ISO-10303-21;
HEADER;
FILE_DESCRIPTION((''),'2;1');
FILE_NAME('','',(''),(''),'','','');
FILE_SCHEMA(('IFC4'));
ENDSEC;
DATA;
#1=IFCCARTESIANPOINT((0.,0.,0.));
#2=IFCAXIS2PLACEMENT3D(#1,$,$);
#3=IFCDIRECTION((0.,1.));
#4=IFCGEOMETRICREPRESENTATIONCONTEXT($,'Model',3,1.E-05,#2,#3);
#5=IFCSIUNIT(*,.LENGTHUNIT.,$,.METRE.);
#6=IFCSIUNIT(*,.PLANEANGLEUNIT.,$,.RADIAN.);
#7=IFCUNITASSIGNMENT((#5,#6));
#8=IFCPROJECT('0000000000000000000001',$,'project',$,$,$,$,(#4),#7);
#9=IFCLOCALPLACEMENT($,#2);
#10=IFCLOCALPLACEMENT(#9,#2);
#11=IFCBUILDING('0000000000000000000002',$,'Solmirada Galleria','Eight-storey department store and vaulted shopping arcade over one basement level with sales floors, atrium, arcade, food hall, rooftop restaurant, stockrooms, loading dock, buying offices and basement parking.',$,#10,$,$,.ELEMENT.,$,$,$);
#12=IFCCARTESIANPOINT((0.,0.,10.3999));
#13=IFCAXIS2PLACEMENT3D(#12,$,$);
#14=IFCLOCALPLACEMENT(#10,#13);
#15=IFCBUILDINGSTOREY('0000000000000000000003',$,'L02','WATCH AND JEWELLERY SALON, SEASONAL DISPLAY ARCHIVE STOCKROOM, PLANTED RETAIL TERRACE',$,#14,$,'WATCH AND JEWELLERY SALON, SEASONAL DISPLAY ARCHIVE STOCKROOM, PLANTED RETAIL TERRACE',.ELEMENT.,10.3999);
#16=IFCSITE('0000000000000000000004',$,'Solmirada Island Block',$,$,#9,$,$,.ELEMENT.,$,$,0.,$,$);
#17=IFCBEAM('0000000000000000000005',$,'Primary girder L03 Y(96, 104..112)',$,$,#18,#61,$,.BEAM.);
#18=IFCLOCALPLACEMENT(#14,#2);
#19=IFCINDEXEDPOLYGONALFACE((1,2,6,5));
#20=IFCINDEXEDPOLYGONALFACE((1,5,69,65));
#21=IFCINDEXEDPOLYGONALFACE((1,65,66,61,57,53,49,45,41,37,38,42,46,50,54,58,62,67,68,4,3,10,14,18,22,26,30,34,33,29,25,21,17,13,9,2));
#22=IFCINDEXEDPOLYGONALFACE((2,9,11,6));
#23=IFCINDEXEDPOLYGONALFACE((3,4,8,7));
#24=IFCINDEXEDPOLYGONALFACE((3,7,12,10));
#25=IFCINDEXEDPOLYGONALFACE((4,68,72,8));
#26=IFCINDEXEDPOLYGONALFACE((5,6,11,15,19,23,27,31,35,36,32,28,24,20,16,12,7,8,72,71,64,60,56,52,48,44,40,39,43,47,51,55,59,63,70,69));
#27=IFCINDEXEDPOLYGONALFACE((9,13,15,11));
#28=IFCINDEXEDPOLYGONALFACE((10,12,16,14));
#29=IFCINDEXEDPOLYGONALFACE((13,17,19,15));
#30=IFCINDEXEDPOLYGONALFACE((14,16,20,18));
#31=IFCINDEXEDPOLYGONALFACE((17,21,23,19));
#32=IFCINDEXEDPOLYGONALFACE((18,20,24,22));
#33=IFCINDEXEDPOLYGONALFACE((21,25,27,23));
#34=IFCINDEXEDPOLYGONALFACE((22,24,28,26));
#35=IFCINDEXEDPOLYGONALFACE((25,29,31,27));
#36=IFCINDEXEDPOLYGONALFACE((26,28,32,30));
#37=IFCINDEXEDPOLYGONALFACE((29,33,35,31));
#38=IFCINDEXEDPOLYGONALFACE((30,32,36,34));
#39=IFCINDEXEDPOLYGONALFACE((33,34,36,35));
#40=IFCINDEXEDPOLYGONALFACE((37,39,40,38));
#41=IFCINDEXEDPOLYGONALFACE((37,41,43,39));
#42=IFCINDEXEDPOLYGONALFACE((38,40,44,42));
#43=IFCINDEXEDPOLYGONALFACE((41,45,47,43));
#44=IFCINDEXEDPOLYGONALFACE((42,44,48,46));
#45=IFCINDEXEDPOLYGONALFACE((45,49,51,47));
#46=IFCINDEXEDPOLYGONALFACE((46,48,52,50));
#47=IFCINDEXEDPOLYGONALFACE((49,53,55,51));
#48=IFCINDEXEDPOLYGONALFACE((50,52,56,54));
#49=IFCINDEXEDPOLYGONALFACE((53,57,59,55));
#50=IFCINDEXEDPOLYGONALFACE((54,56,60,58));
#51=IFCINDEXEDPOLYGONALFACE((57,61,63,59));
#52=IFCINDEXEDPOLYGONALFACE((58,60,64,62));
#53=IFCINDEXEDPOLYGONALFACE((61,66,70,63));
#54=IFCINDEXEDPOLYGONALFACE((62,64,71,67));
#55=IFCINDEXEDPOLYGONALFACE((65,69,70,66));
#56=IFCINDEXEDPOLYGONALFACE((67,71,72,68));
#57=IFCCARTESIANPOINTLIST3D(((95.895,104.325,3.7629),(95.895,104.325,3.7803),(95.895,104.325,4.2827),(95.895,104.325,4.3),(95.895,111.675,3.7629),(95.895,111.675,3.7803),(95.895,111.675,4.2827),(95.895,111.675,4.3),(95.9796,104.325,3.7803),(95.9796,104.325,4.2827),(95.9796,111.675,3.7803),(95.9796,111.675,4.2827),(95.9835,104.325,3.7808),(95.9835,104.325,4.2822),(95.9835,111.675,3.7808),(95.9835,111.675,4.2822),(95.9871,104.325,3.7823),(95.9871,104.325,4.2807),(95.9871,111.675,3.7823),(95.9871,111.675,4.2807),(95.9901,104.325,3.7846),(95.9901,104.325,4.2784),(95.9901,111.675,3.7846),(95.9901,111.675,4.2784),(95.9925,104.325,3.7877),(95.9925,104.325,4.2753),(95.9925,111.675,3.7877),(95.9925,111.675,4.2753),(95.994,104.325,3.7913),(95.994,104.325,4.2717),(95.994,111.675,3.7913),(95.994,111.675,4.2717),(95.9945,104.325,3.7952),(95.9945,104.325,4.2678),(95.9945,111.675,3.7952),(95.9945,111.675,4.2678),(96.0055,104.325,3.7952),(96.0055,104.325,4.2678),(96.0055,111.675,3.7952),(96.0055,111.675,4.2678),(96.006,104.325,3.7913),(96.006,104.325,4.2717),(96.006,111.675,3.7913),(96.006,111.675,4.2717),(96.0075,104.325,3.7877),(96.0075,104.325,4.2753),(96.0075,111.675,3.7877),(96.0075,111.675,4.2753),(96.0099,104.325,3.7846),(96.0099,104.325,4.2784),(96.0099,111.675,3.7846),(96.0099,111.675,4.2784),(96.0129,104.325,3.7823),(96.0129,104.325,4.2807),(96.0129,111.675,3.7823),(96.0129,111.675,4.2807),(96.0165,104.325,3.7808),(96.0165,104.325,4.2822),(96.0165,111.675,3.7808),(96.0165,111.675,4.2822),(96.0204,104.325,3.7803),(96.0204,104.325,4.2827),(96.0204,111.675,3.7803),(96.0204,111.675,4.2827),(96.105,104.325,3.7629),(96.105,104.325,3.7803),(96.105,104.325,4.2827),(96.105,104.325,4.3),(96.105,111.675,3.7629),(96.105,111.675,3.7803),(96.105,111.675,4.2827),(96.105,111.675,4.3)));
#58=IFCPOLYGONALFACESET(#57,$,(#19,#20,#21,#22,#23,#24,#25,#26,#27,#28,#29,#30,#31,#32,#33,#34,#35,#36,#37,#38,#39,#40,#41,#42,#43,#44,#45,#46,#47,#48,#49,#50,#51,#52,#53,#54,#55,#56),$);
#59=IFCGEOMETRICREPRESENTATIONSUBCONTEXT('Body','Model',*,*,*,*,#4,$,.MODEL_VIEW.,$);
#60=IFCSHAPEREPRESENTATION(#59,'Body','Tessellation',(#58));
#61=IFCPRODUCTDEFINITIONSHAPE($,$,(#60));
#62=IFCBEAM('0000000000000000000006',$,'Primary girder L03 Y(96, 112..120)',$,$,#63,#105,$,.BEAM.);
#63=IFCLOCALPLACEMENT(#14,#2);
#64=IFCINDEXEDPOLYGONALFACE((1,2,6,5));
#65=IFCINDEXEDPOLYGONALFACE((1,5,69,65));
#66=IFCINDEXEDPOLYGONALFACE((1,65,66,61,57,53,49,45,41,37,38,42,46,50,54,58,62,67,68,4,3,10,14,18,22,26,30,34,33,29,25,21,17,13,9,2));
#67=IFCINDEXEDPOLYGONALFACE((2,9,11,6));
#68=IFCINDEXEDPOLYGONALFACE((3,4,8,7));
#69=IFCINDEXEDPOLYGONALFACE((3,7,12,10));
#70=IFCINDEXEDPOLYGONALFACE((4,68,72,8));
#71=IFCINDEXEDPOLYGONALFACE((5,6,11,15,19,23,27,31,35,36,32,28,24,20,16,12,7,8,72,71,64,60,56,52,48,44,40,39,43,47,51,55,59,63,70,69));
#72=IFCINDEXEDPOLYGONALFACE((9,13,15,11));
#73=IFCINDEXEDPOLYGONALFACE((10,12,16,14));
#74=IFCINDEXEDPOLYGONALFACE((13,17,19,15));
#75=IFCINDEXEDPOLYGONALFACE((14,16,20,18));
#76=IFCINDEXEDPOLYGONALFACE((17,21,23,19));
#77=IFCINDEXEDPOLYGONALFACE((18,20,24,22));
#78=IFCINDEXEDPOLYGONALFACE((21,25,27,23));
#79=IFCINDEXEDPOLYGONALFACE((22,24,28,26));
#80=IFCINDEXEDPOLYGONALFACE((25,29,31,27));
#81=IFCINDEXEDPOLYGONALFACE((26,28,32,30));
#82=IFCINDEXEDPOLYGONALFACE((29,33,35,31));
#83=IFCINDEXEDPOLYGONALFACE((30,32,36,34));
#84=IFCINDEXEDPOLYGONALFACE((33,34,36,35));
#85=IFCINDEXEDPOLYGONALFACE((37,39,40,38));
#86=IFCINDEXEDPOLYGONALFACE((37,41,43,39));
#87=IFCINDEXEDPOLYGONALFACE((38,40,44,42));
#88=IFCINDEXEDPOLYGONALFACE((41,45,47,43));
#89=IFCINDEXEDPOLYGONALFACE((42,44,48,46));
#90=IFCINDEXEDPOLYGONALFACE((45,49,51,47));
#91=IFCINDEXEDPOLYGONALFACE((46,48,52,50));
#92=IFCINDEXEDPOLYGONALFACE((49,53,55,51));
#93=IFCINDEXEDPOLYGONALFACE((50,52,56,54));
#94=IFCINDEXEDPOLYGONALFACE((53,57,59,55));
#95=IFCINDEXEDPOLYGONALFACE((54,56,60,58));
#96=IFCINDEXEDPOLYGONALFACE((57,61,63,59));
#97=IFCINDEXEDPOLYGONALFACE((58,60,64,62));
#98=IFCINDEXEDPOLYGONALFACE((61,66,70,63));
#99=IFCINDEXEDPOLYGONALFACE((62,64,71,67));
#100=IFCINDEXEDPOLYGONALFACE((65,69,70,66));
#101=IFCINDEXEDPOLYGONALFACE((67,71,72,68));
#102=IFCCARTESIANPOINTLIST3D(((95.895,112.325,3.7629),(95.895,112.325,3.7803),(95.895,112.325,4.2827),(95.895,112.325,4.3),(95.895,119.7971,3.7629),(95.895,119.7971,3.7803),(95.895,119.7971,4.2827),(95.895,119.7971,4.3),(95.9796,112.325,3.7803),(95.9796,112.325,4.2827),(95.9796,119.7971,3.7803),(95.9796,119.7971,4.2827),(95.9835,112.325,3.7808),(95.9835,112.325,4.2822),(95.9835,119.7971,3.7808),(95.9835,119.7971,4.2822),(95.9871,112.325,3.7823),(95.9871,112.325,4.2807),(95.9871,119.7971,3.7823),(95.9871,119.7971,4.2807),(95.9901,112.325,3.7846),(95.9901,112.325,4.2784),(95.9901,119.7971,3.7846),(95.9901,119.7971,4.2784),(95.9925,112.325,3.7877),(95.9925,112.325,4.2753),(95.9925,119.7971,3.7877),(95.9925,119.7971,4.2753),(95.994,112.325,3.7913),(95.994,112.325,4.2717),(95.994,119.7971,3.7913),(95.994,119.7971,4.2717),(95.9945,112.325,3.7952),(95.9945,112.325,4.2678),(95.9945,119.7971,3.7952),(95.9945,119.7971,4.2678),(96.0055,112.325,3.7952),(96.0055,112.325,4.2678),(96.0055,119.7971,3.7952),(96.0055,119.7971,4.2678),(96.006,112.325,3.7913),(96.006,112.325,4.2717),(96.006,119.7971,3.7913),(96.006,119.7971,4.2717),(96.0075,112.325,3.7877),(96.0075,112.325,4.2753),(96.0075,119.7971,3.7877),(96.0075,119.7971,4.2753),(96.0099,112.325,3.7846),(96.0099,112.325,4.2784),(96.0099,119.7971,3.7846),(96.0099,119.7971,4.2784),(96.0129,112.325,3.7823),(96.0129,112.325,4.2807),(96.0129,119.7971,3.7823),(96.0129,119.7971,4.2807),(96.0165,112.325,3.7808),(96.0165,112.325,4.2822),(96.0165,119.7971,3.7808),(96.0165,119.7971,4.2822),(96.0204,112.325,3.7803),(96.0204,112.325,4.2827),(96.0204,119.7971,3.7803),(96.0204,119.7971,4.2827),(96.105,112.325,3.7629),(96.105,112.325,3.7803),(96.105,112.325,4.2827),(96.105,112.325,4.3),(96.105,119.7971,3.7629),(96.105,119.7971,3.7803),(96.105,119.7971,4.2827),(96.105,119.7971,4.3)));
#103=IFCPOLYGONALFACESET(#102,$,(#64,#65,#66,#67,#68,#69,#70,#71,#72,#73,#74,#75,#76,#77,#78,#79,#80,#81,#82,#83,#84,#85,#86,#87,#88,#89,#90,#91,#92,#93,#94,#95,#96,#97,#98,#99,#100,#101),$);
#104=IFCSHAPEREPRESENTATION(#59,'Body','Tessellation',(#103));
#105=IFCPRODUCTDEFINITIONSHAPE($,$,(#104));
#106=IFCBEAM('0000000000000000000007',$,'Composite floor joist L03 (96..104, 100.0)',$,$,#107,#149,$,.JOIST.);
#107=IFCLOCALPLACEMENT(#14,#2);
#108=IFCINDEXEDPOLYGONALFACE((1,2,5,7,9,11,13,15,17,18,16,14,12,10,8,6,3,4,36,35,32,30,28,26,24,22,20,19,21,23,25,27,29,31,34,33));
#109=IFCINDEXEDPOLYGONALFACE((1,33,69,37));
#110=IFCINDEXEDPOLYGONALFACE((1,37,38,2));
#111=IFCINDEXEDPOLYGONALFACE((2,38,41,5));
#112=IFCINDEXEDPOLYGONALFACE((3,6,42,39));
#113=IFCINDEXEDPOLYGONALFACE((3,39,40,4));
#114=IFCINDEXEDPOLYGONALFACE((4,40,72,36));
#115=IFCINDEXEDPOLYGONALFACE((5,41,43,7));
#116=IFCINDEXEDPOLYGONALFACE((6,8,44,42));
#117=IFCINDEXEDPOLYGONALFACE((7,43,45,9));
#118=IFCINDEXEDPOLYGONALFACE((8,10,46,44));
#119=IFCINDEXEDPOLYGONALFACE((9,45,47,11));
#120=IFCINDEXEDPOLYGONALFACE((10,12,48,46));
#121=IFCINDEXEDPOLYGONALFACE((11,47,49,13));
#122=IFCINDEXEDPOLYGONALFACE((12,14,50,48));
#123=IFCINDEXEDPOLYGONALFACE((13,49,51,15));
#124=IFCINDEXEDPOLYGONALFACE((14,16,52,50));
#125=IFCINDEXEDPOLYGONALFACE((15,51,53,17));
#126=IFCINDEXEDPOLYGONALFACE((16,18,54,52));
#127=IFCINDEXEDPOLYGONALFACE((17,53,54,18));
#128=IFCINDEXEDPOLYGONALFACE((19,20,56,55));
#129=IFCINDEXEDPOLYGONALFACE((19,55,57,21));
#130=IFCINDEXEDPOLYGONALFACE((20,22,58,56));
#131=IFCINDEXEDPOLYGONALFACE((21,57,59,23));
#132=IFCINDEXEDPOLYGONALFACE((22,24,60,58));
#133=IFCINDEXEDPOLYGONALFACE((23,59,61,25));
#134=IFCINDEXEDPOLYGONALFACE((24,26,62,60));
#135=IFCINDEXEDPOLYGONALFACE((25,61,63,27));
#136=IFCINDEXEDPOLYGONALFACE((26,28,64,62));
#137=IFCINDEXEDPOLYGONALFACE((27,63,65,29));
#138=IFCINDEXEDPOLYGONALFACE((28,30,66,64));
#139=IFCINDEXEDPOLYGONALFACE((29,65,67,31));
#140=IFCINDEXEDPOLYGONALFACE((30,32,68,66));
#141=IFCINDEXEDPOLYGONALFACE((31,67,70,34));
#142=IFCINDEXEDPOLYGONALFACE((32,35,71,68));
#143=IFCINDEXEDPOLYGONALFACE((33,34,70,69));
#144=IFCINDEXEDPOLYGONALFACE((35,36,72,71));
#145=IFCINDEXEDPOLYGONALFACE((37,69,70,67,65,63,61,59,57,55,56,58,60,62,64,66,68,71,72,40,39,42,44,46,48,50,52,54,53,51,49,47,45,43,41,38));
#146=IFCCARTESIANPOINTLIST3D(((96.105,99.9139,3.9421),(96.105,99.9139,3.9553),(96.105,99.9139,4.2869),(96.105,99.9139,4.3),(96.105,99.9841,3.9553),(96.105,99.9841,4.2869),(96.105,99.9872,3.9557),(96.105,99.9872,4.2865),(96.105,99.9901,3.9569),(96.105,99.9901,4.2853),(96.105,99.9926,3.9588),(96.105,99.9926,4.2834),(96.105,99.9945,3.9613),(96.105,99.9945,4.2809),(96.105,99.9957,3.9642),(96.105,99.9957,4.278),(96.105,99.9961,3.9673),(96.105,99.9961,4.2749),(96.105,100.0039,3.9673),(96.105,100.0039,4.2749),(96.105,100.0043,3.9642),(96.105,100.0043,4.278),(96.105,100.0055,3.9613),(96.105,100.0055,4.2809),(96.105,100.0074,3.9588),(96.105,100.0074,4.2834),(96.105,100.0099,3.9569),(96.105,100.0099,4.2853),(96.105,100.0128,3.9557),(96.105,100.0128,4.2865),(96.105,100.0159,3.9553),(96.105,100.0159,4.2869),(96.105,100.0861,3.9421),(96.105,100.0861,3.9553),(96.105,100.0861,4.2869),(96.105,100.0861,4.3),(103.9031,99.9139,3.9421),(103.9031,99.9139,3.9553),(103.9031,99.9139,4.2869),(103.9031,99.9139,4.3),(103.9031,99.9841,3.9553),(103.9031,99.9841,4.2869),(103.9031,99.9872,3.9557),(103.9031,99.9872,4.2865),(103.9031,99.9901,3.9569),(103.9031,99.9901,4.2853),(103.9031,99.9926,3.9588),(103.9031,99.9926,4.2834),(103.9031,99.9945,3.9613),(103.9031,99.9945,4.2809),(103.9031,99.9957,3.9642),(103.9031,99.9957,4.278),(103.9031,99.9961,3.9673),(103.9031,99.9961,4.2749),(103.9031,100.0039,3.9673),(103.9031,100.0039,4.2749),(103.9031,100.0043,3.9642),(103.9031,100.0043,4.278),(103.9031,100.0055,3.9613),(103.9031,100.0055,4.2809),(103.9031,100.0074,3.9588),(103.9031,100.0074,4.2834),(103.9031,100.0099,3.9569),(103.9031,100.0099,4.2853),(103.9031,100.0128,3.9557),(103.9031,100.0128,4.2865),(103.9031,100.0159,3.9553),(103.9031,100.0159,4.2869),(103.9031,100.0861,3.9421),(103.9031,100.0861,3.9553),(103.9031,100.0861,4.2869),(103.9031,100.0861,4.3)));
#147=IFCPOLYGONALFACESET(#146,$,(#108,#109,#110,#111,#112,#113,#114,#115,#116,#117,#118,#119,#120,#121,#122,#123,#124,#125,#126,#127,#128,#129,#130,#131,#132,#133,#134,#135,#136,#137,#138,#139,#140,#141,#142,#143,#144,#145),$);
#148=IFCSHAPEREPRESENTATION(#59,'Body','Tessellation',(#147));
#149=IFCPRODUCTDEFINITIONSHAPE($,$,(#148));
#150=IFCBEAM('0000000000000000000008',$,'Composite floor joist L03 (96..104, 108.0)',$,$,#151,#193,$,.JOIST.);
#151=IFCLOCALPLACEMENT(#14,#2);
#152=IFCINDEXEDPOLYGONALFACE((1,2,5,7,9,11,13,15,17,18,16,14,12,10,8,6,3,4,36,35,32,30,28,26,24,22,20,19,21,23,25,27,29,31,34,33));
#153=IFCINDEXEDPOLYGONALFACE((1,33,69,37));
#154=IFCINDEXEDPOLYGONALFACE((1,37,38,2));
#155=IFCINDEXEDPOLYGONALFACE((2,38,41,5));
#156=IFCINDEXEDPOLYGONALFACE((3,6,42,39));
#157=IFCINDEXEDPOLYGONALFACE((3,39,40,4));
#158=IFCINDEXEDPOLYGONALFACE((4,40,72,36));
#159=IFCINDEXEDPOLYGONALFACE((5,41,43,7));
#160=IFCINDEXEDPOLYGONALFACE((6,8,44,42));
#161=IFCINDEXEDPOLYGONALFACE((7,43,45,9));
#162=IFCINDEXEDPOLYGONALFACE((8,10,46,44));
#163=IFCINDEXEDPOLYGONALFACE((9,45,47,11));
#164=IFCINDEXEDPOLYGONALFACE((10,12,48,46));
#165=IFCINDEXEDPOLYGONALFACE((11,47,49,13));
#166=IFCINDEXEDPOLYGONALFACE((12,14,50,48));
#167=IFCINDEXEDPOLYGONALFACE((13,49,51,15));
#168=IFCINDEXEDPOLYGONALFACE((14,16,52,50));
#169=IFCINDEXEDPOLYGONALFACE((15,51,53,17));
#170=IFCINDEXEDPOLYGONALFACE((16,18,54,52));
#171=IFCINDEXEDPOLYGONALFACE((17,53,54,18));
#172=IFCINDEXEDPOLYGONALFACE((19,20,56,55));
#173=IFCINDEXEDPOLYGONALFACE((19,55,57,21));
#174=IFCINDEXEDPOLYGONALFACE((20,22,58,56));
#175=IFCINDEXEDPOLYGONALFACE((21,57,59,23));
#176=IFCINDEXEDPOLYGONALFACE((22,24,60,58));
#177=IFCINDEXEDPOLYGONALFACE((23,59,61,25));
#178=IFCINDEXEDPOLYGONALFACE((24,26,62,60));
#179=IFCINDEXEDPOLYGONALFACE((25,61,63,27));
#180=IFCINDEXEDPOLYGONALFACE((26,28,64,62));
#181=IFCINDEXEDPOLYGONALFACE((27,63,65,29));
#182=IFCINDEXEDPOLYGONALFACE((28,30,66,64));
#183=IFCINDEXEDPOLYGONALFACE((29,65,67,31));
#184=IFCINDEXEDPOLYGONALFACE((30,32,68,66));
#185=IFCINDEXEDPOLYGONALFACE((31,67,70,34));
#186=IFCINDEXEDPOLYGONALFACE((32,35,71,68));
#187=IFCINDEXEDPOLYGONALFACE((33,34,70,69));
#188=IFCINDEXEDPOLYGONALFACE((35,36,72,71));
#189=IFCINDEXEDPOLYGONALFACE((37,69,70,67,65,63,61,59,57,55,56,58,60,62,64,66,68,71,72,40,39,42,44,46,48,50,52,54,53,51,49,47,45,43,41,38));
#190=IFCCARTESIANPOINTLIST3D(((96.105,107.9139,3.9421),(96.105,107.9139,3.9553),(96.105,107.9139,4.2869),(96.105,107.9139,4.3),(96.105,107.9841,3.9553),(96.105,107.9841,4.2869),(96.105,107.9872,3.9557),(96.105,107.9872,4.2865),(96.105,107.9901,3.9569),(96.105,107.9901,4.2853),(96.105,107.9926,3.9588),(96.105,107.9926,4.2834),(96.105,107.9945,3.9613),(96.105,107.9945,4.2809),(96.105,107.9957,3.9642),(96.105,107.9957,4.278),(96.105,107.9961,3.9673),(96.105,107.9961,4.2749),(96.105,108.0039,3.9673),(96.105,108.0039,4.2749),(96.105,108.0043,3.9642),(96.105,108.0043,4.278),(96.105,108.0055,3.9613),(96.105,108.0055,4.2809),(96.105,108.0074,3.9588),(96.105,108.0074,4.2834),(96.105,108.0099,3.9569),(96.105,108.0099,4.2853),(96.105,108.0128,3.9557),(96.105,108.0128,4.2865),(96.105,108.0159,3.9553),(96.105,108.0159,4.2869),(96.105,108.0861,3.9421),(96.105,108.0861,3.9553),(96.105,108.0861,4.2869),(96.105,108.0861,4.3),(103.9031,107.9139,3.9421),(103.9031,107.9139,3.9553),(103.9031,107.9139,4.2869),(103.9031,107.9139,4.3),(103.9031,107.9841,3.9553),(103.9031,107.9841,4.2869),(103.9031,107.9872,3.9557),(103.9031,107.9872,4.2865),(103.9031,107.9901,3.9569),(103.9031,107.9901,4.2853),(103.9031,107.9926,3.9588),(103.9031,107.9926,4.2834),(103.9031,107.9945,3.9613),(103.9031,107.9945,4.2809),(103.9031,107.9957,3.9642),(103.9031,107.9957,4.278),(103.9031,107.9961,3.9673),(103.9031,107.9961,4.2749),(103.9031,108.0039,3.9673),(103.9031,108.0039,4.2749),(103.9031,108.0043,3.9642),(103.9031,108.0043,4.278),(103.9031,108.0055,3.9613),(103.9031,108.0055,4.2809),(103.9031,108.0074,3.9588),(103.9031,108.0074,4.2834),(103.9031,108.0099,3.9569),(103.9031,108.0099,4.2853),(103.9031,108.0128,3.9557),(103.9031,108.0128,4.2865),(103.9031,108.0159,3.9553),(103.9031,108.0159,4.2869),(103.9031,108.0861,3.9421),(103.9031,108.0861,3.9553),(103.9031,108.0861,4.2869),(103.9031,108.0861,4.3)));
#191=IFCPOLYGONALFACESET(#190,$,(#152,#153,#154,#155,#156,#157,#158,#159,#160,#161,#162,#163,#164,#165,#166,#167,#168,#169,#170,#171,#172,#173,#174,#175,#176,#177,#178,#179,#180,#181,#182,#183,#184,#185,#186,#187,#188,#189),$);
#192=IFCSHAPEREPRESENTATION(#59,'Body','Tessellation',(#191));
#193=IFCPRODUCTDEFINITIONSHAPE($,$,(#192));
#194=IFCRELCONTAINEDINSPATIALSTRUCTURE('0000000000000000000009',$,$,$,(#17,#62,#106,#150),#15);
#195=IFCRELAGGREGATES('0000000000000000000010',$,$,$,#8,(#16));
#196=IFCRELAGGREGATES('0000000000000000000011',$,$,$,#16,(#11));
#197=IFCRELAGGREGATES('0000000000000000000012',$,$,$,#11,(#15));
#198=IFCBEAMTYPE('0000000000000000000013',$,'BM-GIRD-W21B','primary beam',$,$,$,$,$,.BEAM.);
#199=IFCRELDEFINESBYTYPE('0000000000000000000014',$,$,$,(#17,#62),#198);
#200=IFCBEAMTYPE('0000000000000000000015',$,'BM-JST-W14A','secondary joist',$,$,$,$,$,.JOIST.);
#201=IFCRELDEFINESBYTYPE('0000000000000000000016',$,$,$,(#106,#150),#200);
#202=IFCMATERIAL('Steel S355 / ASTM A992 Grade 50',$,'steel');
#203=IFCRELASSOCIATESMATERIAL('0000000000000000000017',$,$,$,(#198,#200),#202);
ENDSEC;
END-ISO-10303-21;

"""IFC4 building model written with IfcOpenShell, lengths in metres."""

from ifc_helpers import new_model, si_unit, direction, frame, origin, origin_2d, place, context, subcontext, project, spatial, i_section, extrude, material, material_profile, profile_set, type_object, element, save


model = new_model("IFC4")

# Units and contexts
model_context = context("Model", 3, precision=1e-05, world=origin(), true_north=direction((0.0, 1.0)))
body_context = subcontext(model_context, "Body", "Model", "MODEL_VIEW")
ifc_project = project(units=[si_unit("LENGTHUNIT", "METRE"), si_unit("PLANEANGLEUNIT", "RADIAN")], contexts=[model_context])

# Site, building, storey
site_placement = place(None, origin())
site = spatial("IfcSite", under=ifc_project, at=site_placement, Name="Solmirada Island Block", CompositionType="ELEMENT", RefElevation=0.0)
building_placement = place(site_placement, origin())
building = spatial("IfcBuilding", under=site, at=building_placement, Name="Solmirada Galleria", Description="Eight-storey department store and vaulted shopping arcade over one basement level with sales floors, atrium, arcade, food hall, rooftop restaurant, stockrooms, loading dock, buying offices and basement parking.", CompositionType="ELEMENT")
storey_placement = place(building_placement, frame((0.0, 0.0, 10.3999)))
storey = spatial("IfcBuildingStorey", under=building, at=storey_placement, Name="L02", Description="WATCH AND JEWELLERY SALON, SEASONAL DISPLAY ARCHIVE STOCKROOM, PLANTED RETAIL TERRACE", LongName="WATCH AND JEWELLERY SALON, SEASONAL DISPLAY ARCHIVE STOCKROOM, PLANTED RETAIL TERRACE", CompositionType="ELEMENT", Elevation=10.3999)

# Beams
ifc_material_1 = material(Name="Steel S355 / ASTM A992 Grade 50", Category="steel")
ifc_material_profile_1 = material_profile(ifc_material_1, i_section(OverallWidth=0.21, OverallDepth=0.5371, WebThickness=0.011, FlangeThickness=0.0173, FilletRadius=0.0149, at=origin_2d()), Name="W21X68")
ifc_profile_set_1 = profile_set([ifc_material_profile_1], Name="Steel S355 / ASTM A992 Grade 50")
beam_type_1 = type_object("IfcBeamType", Name="BM-GIRD-W21B", Description="primary beam", PredefinedType="BEAM", material=ifc_profile_set_1)
for number, where, z_axis, x_axis, name in (
    (1, (96.0, 104.325, 4.0315), (0.0, 1.0, 0.0), (-1.0, 0.0, 0.0), "Primary girder L03 Y(96, 104..112)"),
):
    element("IfcBeam", number, at=place(storey_placement, frame(where, z_axis=z_axis, x_axis=x_axis)), inside=storey, type_object=beam_type_1, Name=name, PredefinedType="BEAM", context=body_context, shape_type="SweptSolid", body=[
        extrude(i_section(OverallWidth=0.21, OverallDepth=0.5371, WebThickness=0.011, FlangeThickness=0.0173, FilletRadius=0.0149, at=origin_2d()), origin(), (0.0, 0.0, 1.0), 7.3501),
    ])
beam_1_placement = place(storey_placement, frame((96.0, 112.325, 4.0315), z_axis=(0.0, 1.0, 0.0), x_axis=(-1.0, 0.0, 0.0)))
element("IfcBeam", 2, at=beam_1_placement, inside=storey, type_object=beam_type_1, Name="Primary girder L03 Y(96, 112..120)", PredefinedType="BEAM", context=body_context, shape_type="SweptSolid", body=[
    extrude(i_section(OverallWidth=0.21, OverallDepth=0.5371, WebThickness=0.011, FlangeThickness=0.0173, FilletRadius=0.0149, at=origin_2d()), origin(), (0.0, 0.0, 1.0), 7.4722),
])
ifc_material_profile_2 = material_profile(ifc_material_1, i_section(OverallWidth=0.1721, OverallDepth=0.3579, WebThickness=0.0078, FlangeThickness=0.0132, FilletRadius=0.012, at=origin_2d()), Name="W14X38")
ifc_profile_set_2 = profile_set([ifc_material_profile_2], Name="Steel S355 / ASTM A992 Grade 50")
beam_type_2 = type_object("IfcBeamType", Name="BM-JST-W14A", Description="secondary joist", PredefinedType="JOIST", material=ifc_profile_set_2)
for number, where, z_axis, x_axis, name in (
    (3, (96.105, 100.0, 4.1211), (1.0, 0.0, 0.0), (0.0, 1.0, 0.0), "Composite floor joist L03 (96..104, 100.0)"),
    (4, (96.105, 108.0, 4.1211), (1.0, 0.0, 0.0), (0.0, 1.0, 0.0), "Composite floor joist L03 (96..104, 108.0)"),
):
    element("IfcBeam", number, at=place(storey_placement, frame(where, z_axis=z_axis, x_axis=x_axis)), inside=storey, type_object=beam_type_2, Name=name, PredefinedType="JOIST", context=body_context, shape_type="SweptSolid", body=[
        extrude(i_section(OverallWidth=0.1721, OverallDepth=0.3579, WebThickness=0.0078, FlangeThickness=0.0132, FilletRadius=0.012, at=origin_2d()), origin(), (0.0, 0.0, 1.0), 7.7981),
    ])

save(model, "model.ifc")
